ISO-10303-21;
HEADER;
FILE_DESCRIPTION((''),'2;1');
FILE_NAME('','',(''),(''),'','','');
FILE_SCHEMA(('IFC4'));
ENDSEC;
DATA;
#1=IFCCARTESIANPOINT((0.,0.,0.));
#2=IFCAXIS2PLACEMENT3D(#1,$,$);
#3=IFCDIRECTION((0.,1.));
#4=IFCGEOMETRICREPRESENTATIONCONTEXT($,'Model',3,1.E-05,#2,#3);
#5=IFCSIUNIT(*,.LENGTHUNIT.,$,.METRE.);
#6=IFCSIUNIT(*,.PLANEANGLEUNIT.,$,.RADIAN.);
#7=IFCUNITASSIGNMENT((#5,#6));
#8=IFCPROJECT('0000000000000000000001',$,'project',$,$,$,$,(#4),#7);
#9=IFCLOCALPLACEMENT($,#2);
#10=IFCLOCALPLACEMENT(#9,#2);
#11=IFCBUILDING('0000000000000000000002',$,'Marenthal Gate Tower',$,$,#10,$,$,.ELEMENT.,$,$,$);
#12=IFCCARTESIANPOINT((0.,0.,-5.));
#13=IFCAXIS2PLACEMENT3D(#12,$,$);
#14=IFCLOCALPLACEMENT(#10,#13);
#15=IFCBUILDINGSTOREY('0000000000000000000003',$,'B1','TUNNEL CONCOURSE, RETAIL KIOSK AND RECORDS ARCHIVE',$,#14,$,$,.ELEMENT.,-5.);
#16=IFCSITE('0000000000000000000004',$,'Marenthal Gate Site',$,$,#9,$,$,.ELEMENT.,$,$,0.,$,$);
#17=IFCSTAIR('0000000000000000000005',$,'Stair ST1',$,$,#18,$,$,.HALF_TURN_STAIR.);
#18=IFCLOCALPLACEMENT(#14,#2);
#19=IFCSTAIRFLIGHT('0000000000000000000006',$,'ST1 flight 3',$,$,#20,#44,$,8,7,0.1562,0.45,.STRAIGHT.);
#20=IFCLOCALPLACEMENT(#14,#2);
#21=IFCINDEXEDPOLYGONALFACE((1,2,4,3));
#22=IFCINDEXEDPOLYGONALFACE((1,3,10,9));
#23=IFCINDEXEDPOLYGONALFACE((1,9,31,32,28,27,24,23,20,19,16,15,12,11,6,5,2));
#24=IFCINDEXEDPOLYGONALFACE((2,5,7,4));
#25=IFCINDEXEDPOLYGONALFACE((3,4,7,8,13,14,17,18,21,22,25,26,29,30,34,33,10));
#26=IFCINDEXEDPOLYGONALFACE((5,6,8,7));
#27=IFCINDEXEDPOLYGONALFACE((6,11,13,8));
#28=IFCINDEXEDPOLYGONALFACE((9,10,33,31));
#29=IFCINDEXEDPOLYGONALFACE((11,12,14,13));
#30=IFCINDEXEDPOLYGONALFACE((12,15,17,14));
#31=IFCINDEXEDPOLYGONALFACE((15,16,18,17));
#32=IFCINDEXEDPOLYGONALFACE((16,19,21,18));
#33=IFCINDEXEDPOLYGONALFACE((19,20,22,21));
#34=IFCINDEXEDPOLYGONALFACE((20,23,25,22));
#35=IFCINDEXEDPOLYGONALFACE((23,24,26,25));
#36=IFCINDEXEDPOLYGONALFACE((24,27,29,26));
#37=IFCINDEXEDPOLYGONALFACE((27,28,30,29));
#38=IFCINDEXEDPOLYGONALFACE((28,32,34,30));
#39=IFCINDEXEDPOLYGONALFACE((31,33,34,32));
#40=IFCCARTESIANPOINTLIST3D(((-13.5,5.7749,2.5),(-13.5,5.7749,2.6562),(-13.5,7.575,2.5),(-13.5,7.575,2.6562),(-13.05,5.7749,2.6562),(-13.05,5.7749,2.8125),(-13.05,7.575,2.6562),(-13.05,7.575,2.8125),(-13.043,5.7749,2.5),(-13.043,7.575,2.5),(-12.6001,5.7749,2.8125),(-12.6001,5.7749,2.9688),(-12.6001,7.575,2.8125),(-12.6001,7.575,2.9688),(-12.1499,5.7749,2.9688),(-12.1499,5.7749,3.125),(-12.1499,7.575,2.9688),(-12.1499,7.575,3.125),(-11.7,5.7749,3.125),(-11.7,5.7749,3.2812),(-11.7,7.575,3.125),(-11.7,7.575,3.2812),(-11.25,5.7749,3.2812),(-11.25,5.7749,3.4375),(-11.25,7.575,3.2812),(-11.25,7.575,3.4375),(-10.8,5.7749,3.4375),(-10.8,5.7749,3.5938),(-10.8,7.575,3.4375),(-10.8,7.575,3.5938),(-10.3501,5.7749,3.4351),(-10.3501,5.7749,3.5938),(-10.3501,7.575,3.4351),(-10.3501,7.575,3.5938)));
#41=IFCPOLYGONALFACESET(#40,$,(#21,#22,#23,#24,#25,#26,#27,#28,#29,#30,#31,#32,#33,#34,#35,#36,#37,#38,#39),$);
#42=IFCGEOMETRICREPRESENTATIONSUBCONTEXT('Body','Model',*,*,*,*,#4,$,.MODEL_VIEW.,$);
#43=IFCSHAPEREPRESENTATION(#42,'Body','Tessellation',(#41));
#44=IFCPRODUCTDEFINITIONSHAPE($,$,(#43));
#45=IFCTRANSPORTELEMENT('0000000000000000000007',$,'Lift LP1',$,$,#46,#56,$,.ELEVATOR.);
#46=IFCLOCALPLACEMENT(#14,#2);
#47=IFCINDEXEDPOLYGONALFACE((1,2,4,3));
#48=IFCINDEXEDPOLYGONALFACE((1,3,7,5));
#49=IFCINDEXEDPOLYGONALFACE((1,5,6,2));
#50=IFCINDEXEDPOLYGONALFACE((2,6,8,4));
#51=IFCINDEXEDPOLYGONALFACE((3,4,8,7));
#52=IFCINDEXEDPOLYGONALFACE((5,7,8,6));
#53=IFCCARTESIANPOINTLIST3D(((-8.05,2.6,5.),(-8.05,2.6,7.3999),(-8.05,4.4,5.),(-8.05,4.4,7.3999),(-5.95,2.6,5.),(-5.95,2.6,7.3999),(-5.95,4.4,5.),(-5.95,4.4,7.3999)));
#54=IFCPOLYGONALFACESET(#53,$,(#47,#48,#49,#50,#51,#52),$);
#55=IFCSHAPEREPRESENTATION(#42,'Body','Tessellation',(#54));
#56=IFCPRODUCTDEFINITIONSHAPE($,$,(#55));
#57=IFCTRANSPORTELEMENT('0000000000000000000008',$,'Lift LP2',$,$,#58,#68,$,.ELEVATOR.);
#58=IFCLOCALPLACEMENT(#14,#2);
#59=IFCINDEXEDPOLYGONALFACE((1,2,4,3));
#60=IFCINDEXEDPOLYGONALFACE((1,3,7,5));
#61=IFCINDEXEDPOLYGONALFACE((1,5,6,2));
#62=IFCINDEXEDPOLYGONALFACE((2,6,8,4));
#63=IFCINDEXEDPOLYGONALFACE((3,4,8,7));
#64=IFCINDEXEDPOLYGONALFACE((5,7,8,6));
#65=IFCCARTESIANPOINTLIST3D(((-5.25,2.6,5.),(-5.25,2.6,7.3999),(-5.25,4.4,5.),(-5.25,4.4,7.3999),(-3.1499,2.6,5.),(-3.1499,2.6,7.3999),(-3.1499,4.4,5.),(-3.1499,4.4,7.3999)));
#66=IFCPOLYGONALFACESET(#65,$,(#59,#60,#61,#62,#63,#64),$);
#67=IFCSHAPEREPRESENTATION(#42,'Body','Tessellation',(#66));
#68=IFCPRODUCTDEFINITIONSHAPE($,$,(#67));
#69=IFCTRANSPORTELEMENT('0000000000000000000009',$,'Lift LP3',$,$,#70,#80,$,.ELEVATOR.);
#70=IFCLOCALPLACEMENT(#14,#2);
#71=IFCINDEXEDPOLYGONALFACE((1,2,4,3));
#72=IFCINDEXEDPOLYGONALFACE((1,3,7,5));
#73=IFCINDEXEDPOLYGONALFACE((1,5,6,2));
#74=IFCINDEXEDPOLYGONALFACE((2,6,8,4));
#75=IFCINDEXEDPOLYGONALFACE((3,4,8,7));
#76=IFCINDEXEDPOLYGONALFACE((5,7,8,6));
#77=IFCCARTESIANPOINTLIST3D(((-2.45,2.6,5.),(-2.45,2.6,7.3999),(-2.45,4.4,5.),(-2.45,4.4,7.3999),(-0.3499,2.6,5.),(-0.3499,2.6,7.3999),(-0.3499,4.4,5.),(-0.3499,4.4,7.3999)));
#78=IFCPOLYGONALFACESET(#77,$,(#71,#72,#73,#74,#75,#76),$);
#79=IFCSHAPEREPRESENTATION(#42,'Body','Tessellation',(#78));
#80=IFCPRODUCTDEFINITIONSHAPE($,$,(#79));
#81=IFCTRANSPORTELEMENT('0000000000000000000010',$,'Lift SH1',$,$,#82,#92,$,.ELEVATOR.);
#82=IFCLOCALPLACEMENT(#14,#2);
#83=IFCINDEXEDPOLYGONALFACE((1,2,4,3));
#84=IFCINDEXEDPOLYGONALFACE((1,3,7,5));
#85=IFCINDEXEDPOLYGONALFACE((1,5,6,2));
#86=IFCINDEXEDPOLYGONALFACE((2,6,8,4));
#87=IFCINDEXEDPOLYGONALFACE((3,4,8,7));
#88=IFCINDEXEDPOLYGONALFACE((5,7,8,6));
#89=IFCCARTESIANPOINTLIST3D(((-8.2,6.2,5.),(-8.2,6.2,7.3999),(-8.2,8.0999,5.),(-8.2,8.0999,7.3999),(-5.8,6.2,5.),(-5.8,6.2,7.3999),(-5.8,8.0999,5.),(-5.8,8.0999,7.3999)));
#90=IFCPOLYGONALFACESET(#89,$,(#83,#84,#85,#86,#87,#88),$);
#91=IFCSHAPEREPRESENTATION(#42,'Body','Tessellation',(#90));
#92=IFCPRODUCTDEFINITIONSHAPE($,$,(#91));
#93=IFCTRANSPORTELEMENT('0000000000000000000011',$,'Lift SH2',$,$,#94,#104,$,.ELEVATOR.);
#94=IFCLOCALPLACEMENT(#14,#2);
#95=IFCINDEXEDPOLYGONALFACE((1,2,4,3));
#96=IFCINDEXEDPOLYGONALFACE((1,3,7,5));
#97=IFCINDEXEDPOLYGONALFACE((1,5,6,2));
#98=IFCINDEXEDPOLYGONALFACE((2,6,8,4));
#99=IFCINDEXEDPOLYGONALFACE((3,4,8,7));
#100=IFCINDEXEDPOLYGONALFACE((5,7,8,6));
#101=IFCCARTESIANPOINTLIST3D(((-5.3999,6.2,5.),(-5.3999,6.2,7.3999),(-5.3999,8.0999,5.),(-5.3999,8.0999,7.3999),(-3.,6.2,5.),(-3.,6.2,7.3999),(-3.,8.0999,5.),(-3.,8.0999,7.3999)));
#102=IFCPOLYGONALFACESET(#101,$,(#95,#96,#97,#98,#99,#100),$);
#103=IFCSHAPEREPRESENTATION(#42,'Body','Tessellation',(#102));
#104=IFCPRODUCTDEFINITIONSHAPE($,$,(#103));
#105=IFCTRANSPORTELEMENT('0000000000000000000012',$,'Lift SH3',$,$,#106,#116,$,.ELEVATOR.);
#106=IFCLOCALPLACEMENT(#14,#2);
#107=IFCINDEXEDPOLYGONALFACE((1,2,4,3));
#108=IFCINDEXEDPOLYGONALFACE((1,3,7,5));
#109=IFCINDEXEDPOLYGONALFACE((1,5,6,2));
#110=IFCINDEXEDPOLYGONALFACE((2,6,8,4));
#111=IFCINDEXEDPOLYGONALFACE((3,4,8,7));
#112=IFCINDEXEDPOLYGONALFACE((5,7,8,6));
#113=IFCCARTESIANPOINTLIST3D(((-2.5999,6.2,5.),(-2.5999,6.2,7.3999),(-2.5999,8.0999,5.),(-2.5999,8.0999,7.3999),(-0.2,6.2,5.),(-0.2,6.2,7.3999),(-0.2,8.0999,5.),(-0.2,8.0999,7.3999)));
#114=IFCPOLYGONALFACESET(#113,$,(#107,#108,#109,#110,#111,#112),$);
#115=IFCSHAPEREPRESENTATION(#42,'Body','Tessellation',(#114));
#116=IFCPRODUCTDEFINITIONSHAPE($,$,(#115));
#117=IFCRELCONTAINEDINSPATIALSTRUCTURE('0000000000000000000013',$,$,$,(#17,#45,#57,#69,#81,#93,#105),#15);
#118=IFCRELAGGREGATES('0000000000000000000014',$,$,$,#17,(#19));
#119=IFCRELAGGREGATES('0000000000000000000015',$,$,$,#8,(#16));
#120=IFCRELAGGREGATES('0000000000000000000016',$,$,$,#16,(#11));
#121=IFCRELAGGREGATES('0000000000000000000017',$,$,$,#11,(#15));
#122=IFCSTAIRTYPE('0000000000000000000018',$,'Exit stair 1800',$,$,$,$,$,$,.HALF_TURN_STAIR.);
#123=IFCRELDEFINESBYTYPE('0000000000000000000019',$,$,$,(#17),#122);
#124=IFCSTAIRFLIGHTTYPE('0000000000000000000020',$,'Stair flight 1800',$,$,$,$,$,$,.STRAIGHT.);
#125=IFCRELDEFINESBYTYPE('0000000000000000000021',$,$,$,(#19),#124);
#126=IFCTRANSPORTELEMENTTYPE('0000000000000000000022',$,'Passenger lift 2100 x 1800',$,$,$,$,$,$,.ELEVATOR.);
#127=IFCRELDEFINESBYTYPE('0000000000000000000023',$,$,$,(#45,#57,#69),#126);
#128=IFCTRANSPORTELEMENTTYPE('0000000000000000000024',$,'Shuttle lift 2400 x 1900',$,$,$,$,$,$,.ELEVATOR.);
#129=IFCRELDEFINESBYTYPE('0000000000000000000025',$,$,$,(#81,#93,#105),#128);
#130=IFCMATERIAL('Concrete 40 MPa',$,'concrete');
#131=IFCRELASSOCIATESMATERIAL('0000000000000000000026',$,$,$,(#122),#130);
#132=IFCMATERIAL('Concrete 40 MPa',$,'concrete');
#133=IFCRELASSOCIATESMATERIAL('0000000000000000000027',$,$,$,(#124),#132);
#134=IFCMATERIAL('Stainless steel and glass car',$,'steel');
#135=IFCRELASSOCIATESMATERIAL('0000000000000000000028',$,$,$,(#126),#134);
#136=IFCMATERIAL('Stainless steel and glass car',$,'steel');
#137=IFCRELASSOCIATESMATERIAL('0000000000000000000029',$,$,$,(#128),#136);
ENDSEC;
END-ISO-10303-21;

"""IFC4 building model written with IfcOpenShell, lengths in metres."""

from ifc_helpers import new_model, si_unit, direction, frame, origin, origin_2d, place, context, subcontext, project, spatial, polyline, rectangle, outline, extrude, material, type_object, element, aggregate, save


model = new_model("IFC4")

# Units and contexts
model_context = context("Model", 3, precision=1e-05, world=origin(), true_north=direction((0.0, 1.0)))
body_context = subcontext(model_context, "Body", "Model", "MODEL_VIEW")
ifc_project = project(units=[si_unit("LENGTHUNIT", "METRE"), si_unit("PLANEANGLEUNIT", "RADIAN")], contexts=[model_context])

# Site, building, storey
site_placement = place(None, origin())
site = spatial("IfcSite", under=ifc_project, at=site_placement, Name="Marenthal Gate Site", CompositionType="ELEMENT", RefElevation=0.0)
building_placement = place(site_placement, origin())
building = spatial("IfcBuilding", under=site, at=building_placement, Name="Marenthal Gate Tower", CompositionType="ELEMENT")
storey_placement = place(building_placement, frame((0.0, 0.0, -5.0)))
storey = spatial("IfcBuildingStorey", under=building, at=storey_placement, Name="B1", Description="TUNNEL CONCOURSE, RETAIL KIOSK AND RECORDS ARCHIVE", CompositionType="ELEMENT", Elevation=-5.0)

# Stair, stair flight
ifc_material_1 = material(Name="Concrete 40 MPa", Category="concrete")
stair_type = type_object("IfcStairType", Name="Exit stair 1800", PredefinedType="HALF_TURN_STAIR", material=ifc_material_1)
stair_placement = place(storey_placement, origin())
stair = element("IfcStair", 1, at=stair_placement, inside=storey, type_object=stair_type, Name="Stair ST1", PredefinedType="HALF_TURN_STAIR")
ifc_material_2 = material(Name="Concrete 40 MPa", Category="concrete")
stair_flight_type = type_object("IfcStairFlightType", Name="Stair flight 1800", PredefinedType="STRAIGHT", material=ifc_material_2)
stair_flight_1_placement = place(storey_placement, frame((-13.5, 6.675, 2.5), z_axis=(0.0, 0.0, 1.0), x_axis=(1.0, 0.0, 0.0)))
stair_flight_1 = element("IfcStairFlight", 2, at=stair_flight_1_placement, type_object=stair_flight_type, Name="ST1 flight 3", NumberOfRisers=8, NumberOfTreads=7, PredefinedType="STRAIGHT", RiserHeight=0.1562, TreadLength=0.45, context=body_context, shape_type="SweptSolid", body=[
    extrude(outline(polyline([(0.0, 0.0), (0.0, 0.1562), (0.45, 0.1562), (0.45, 0.3125), (0.8999, 0.3125), (0.8999, 0.4688), (1.3501, 0.4688), (1.3501, 0.625), (1.8, 0.625), (1.8, 0.7812), (2.25, 0.7812), (2.25, 0.9375), (2.7, 0.9375), (2.7, 1.0938), (3.1499, 1.0938), (3.1499, 1.25), (3.1499, 0.9351), (0.457, 0.0), (0.0, 0.0)])), frame((0.0, 0.8999, 0.0), z_axis=(0.0, -1.0, 0.0), x_axis=(1.0, 0.0, 0.0)), (0.0, 0.0, 1.0), 1.8),
])
aggregate(stair, [stair_flight_1])

# Transport elements
ifc_material_3 = material(Name="Stainless steel and glass car", Category="steel")
transport_element_type_1 = type_object("IfcTransportElementType", Name="Passenger lift 2100 x 1800", PredefinedType="ELEVATOR", material=ifc_material_3)
for number, where, z_axis, x_axis, name in (
    (3, (-7.0, 3.5, 5.0), (0.0, 0.0, 1.0), (1.0, 0.0, 0.0), "Lift LP1"),
    (4, (-4.2, 3.5, 5.0), (0.0, 0.0, 1.0), (1.0, 0.0, 0.0), "Lift LP2"),
    (5, (-1.3999, 3.5, 5.0), (0.0, 0.0, 1.0), (1.0, 0.0, 0.0), "Lift LP3"),
):
    element("IfcTransportElement", number, at=place(storey_placement, frame(where, z_axis=z_axis, x_axis=x_axis)), inside=storey, type_object=transport_element_type_1, Name=name, PredefinedType="ELEVATOR", context=body_context, shape_type="SweptSolid", body=[
        extrude(rectangle(XDim=2.1001, YDim=1.8, at=origin_2d()), origin(), (0.0, 0.0, 1.0), 2.3999),
    ])
ifc_material_4 = material(Name="Stainless steel and glass car", Category="steel")
transport_element_type_2 = type_object("IfcTransportElementType", Name="Shuttle lift 2400 x 1900", PredefinedType="ELEVATOR", material=ifc_material_4)
for number, where, z_axis, x_axis, name in (
    (6, (-7.0, 7.1499, 5.0), (0.0, 0.0, 1.0), (1.0, 0.0, 0.0), "Lift SH1"),
    (7, (-4.2, 7.1499, 5.0), (0.0, 0.0, 1.0), (1.0, 0.0, 0.0), "Lift SH2"),
    (8, (-1.3999, 7.1499, 5.0), (0.0, 0.0, 1.0), (1.0, 0.0, 0.0), "Lift SH3"),
):
    element("IfcTransportElement", number, at=place(storey_placement, frame(where, z_axis=z_axis, x_axis=x_axis)), inside=storey, type_object=transport_element_type_2, Name=name, PredefinedType="ELEVATOR", context=body_context, shape_type="SweptSolid", body=[
        extrude(rectangle(XDim=2.3999, YDim=1.8999, at=origin_2d()), origin(), (0.0, 0.0, 1.0), 2.3999),
    ])

save(model, "model.ifc")
